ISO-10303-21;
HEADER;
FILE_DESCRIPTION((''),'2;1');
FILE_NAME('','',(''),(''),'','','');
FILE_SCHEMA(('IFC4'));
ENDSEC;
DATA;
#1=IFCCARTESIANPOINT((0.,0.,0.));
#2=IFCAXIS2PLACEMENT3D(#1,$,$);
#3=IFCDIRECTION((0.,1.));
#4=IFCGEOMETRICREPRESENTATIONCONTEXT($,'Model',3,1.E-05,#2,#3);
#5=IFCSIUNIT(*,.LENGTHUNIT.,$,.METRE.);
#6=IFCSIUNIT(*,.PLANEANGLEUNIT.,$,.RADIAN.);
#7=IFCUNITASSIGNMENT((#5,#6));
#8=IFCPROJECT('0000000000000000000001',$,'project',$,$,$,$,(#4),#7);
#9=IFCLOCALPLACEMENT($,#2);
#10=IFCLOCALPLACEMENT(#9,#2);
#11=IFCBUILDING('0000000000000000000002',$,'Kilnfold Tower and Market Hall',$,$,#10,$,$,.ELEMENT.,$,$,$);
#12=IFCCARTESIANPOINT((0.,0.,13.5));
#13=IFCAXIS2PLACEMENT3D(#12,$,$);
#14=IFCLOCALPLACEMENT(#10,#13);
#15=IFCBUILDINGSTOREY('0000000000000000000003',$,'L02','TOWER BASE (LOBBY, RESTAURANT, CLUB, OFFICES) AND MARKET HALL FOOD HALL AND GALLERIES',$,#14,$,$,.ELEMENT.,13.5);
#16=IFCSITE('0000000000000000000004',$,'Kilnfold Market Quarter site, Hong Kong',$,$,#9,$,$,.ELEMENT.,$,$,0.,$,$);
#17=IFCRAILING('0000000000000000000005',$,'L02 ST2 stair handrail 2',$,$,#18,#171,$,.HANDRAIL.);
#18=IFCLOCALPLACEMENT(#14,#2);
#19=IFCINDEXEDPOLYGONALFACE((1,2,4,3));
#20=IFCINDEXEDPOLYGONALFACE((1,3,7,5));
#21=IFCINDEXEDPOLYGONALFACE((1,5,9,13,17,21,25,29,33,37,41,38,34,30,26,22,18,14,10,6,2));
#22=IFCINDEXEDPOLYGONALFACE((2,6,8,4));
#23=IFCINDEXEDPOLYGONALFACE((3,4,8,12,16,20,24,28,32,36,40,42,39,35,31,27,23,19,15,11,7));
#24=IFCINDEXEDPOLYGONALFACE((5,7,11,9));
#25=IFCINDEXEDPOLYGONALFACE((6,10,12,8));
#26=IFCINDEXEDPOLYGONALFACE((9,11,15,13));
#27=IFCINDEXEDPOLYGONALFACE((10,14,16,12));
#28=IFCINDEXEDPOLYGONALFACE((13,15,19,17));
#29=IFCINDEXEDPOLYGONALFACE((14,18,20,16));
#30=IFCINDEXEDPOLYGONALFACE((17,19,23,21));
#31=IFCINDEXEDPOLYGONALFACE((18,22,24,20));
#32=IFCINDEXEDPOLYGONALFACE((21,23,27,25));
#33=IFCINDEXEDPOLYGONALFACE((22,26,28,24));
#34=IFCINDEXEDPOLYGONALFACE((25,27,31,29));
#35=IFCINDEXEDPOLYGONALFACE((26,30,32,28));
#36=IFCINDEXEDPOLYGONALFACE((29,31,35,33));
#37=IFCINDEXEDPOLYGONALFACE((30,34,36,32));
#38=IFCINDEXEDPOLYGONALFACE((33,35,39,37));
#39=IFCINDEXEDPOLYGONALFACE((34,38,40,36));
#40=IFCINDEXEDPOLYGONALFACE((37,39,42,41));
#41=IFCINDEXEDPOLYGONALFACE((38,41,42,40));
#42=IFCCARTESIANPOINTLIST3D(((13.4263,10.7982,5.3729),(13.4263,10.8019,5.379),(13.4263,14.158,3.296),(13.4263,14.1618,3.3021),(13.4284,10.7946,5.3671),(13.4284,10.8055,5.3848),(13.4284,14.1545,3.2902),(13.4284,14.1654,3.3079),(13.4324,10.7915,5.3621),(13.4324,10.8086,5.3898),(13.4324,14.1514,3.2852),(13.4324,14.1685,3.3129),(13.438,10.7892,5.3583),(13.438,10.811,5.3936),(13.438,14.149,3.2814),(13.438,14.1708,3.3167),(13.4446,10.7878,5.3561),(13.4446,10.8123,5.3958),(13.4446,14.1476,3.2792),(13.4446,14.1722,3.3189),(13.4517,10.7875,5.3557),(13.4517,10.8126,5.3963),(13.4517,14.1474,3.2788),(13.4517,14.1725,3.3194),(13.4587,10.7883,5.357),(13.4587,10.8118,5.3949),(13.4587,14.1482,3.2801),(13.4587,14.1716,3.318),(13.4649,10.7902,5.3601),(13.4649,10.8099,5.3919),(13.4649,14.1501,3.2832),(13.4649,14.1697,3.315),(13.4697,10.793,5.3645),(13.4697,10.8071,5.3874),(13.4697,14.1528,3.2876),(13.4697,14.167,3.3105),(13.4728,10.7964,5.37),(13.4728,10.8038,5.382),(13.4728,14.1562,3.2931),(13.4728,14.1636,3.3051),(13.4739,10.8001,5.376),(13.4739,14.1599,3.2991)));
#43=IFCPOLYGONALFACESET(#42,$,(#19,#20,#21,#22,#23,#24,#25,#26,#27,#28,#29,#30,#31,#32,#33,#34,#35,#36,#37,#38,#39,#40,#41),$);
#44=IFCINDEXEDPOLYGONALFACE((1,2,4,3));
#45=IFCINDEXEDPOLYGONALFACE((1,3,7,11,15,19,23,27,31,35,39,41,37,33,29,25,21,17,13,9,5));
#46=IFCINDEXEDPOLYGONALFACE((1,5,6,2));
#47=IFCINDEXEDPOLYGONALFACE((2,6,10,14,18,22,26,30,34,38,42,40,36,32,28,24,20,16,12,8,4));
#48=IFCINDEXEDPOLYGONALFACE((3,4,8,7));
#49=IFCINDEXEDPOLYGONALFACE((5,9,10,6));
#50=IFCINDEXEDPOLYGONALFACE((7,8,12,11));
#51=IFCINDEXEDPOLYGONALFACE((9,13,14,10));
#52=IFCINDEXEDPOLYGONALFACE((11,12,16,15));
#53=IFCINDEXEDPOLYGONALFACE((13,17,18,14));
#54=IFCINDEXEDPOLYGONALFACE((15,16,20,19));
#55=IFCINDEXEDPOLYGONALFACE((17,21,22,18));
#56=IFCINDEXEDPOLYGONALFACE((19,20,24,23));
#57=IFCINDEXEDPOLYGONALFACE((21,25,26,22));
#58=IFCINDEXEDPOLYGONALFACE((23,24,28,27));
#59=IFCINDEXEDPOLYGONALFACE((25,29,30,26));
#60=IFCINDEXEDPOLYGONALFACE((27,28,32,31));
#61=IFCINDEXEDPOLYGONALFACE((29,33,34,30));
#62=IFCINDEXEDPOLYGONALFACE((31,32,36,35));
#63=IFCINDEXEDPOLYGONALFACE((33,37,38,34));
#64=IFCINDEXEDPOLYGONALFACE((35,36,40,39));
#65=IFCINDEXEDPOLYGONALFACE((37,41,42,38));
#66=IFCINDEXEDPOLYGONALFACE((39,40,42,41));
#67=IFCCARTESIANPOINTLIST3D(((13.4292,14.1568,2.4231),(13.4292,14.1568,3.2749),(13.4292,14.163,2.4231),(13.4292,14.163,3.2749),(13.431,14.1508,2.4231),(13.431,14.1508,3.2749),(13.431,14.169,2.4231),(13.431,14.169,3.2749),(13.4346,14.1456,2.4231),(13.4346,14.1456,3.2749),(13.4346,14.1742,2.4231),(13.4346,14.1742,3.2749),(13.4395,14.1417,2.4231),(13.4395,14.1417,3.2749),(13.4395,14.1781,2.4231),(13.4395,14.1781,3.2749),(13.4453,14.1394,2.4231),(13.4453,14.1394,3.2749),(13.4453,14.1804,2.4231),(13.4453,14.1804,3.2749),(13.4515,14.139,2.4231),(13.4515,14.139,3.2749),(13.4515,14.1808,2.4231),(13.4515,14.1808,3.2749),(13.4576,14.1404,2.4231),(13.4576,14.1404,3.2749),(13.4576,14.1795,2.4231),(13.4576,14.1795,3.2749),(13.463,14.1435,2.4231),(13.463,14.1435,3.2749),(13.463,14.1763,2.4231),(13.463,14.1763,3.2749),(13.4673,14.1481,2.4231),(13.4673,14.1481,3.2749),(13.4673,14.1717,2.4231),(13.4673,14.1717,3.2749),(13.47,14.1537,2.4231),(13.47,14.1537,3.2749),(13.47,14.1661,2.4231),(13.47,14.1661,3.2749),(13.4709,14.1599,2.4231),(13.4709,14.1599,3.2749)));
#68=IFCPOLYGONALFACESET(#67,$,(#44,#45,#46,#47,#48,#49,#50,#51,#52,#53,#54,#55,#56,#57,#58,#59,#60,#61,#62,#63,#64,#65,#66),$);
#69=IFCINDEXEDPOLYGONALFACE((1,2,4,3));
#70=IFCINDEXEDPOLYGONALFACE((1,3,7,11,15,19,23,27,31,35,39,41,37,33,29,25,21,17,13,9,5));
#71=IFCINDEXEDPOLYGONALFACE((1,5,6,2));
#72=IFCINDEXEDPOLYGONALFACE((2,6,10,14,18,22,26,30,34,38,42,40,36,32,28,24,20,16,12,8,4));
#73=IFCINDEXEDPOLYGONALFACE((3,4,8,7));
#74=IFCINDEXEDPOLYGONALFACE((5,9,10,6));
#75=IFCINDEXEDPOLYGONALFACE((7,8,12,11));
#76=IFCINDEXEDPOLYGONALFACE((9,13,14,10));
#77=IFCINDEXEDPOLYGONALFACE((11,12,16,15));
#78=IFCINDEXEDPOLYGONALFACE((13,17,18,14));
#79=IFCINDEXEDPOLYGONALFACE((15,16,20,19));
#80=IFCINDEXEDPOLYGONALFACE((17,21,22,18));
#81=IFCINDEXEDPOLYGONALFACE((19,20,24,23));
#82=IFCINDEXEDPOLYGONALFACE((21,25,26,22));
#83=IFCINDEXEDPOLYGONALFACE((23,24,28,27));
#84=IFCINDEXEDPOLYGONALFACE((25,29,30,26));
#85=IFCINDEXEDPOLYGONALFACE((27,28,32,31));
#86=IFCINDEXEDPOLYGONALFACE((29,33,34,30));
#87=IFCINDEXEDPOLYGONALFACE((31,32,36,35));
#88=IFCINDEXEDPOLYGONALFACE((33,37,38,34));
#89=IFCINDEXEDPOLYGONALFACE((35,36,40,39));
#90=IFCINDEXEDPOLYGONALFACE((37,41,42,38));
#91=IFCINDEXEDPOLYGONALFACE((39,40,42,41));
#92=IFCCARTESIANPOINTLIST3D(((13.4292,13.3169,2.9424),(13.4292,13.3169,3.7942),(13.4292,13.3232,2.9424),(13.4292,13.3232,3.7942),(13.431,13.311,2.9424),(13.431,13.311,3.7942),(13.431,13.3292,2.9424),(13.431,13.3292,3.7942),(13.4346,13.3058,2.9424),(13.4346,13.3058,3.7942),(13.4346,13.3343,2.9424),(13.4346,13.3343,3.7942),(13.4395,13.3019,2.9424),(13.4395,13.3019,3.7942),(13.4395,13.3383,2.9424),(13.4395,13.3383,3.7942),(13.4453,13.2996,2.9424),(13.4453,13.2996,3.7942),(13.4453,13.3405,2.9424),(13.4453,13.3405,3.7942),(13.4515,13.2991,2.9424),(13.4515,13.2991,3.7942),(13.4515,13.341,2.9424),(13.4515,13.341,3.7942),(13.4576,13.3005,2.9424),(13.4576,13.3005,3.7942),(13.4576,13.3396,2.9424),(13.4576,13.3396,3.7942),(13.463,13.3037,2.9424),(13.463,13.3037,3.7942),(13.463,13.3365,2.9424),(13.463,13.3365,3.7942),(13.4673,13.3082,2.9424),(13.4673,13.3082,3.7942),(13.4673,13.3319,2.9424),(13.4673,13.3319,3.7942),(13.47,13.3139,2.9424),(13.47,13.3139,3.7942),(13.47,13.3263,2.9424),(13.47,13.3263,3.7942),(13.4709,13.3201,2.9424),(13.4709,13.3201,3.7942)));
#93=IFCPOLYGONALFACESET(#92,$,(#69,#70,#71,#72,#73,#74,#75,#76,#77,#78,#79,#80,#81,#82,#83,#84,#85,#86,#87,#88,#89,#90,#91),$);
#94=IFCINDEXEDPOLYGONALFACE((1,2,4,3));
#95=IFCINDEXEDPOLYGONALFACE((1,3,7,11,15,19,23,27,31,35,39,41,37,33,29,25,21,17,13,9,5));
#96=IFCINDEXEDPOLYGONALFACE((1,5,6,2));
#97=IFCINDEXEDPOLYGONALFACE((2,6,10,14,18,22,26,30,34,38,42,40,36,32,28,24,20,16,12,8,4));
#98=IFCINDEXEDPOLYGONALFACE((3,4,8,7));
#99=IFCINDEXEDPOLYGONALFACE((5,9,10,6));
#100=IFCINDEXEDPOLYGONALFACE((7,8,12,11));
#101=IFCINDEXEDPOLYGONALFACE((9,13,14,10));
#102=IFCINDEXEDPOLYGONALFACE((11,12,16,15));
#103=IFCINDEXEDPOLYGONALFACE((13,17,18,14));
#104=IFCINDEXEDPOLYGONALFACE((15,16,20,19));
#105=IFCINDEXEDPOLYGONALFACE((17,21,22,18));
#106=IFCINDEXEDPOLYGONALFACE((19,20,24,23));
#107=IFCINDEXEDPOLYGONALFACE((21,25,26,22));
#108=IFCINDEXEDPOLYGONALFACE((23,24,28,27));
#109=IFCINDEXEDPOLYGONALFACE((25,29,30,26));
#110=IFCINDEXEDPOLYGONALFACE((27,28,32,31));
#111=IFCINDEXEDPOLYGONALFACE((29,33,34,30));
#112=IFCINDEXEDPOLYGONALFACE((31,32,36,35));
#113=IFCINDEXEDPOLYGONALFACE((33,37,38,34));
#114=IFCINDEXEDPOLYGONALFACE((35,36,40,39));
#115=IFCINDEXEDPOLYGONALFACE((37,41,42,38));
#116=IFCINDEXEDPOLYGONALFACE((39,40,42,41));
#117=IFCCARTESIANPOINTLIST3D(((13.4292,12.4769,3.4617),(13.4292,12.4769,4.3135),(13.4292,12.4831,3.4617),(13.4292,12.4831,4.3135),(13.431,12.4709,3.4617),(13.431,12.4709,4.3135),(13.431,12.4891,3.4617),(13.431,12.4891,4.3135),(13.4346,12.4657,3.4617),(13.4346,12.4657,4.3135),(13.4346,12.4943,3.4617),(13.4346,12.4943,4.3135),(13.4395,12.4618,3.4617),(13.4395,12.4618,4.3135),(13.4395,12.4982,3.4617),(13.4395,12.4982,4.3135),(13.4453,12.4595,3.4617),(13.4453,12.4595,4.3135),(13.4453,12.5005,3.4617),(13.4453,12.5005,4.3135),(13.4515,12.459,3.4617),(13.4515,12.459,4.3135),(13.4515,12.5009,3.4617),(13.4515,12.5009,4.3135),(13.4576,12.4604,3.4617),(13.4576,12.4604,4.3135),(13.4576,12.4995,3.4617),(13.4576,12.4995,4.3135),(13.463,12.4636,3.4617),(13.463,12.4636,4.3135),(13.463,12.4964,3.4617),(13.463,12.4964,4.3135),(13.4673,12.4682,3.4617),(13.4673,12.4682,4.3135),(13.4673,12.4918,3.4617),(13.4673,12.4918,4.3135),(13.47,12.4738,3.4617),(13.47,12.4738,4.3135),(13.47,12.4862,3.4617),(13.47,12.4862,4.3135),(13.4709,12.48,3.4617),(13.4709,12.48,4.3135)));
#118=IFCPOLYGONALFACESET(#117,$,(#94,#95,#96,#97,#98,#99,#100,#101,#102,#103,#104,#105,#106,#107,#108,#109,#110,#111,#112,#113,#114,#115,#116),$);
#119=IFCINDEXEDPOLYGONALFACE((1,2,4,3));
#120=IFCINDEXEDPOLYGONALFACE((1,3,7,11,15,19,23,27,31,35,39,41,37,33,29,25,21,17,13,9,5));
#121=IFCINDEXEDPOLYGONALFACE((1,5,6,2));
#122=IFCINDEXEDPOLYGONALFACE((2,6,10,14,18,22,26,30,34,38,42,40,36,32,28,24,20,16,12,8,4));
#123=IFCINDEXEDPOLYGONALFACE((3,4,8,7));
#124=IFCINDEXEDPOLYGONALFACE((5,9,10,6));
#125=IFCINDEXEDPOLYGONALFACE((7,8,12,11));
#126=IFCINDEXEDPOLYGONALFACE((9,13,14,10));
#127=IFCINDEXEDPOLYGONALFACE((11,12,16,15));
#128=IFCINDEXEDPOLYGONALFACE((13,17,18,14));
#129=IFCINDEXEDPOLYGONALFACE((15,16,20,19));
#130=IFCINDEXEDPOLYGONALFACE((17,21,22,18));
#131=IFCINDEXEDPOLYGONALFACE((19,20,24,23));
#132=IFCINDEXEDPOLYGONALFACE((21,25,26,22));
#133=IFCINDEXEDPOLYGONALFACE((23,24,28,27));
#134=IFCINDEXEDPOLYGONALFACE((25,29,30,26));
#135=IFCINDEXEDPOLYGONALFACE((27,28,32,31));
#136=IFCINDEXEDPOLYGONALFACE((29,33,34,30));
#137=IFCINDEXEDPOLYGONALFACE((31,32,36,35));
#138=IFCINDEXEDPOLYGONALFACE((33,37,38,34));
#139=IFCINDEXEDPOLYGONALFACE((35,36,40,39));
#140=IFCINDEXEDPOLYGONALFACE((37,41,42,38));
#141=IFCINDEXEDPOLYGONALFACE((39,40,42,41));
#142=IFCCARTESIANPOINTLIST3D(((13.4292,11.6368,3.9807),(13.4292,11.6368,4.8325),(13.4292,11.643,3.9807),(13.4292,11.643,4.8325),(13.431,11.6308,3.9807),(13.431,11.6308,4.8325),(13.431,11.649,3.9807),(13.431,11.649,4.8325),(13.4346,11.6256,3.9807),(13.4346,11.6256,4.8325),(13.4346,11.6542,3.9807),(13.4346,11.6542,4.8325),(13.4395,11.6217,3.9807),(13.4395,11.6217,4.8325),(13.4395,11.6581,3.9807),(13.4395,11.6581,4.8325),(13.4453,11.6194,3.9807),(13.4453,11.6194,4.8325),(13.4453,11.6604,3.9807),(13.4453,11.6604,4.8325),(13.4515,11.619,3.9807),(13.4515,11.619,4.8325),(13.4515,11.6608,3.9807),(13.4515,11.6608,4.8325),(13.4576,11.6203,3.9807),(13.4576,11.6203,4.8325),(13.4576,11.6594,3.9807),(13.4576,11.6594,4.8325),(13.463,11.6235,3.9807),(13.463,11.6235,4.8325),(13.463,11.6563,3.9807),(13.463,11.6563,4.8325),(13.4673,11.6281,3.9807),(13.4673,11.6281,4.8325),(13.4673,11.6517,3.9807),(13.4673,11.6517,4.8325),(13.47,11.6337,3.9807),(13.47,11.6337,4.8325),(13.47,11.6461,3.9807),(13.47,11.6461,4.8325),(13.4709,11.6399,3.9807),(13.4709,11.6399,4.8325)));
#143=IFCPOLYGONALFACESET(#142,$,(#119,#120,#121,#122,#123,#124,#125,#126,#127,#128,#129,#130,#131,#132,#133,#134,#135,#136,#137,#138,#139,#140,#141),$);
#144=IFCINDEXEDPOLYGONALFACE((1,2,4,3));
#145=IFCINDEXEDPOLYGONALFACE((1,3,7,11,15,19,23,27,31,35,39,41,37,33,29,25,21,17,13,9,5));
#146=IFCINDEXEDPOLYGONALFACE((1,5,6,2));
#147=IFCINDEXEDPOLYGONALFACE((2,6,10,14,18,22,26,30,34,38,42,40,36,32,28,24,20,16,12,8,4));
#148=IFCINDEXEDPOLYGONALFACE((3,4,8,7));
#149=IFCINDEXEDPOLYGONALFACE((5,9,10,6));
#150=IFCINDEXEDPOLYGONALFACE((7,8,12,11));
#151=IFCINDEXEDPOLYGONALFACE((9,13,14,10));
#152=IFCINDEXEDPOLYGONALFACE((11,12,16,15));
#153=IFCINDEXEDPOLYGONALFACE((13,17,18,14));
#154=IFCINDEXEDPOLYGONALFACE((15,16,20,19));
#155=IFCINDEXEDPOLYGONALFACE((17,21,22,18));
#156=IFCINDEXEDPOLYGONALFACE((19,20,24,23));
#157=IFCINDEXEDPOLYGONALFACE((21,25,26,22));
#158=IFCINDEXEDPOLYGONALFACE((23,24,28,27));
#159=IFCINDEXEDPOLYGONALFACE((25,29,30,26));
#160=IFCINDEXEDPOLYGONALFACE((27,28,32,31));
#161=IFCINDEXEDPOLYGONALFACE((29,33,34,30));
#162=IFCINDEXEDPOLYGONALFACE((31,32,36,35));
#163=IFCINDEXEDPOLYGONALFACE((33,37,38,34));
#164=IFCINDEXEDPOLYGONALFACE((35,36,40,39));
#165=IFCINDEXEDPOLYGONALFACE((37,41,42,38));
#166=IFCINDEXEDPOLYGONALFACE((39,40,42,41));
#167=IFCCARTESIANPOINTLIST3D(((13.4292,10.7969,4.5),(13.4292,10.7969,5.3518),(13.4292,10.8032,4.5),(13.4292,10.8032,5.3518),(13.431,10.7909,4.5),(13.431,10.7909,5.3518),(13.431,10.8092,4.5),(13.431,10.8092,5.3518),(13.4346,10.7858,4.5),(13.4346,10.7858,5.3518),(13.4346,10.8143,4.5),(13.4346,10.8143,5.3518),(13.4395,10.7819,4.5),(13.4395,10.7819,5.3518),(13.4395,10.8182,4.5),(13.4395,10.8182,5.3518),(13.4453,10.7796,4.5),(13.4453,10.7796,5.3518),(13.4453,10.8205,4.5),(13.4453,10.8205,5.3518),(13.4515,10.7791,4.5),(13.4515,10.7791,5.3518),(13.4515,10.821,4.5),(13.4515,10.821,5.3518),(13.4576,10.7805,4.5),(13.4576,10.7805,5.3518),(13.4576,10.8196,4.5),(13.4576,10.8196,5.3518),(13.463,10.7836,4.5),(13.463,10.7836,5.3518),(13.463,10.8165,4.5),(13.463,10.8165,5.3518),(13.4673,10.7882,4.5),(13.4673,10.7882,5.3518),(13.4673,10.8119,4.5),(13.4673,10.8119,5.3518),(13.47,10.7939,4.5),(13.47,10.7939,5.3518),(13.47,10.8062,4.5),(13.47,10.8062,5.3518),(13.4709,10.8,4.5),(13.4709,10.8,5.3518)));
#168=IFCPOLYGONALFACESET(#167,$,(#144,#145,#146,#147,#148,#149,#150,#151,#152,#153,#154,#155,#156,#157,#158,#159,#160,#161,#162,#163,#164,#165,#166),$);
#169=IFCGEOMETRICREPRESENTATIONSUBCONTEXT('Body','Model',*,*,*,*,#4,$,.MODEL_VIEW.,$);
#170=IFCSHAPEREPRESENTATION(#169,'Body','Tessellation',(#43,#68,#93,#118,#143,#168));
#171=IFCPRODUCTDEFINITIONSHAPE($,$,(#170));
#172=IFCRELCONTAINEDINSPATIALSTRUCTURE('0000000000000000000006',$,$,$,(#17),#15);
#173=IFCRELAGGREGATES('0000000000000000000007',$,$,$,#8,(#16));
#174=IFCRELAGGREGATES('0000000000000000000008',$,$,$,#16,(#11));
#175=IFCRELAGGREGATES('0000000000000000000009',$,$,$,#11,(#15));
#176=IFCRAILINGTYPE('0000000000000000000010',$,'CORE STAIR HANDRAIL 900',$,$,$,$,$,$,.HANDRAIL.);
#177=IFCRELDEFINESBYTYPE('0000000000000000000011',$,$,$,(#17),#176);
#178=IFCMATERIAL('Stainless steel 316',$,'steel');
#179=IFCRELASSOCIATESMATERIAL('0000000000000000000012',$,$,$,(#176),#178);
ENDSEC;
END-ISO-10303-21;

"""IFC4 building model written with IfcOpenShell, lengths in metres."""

from ifc_helpers import new_model, si_unit, direction, frame, origin, origin_2d, place, context, subcontext, project, spatial, circle, extrude, material, type_object, element, save


model = new_model("IFC4")

# Units and contexts
model_context = context("Model", 3, precision=1e-05, world=origin(), true_north=direction((0.0, 1.0)))
body_context = subcontext(model_context, "Body", "Model", "MODEL_VIEW")
ifc_project = project(units=[si_unit("LENGTHUNIT", "METRE"), si_unit("PLANEANGLEUNIT", "RADIAN")], contexts=[model_context])

# Site, building, storey
site_placement = place(None, origin())
site = spatial("IfcSite", under=ifc_project, at=site_placement, Name="Kilnfold Market Quarter site, Hong Kong", CompositionType="ELEMENT", RefElevation=0.0)
building_placement = place(site_placement, origin())
building = spatial("IfcBuilding", under=site, at=building_placement, Name="Kilnfold Tower and Market Hall", CompositionType="ELEMENT")
storey_placement = place(building_placement, frame((0.0, 0.0, 13.5)))
storey = spatial("IfcBuildingStorey", under=building, at=storey_placement, Name="L02", Description="TOWER BASE (LOBBY, RESTAURANT, CLUB, OFFICES) AND MARKET HALL FOOD HALL AND GALLERIES", CompositionType="ELEMENT", Elevation=13.5)

# Railing
ifc_material_1 = material(Name="Stainless steel 316", Category="steel")
railing_type_1 = type_object("IfcRailingType", Name="CORE STAIR HANDRAIL 900", PredefinedType="HANDRAIL", material=ifc_material_1)
railing_1_placement = place(storey_placement, frame((13.45, 14.1599, 2.4231)))
element("IfcRailing", 1, at=railing_1_placement, inside=storey, type_object=railing_type_1, Name="L02 ST2 stair handrail 2", PredefinedType="HANDRAIL", context=body_context, shape_type="SweptSolid", body=[
    extrude(circle(Radius=0.0239, at=origin_2d()), frame((0.0, 0.0, 0.876), z_axis=(0.0, -0.850606, 0.525803), x_axis=(1.0, 0.0, 0.0)), (0.0, 0.0, 1.0), 3.95),
    extrude(circle(Radius=0.021, at=origin_2d()), origin(), (0.0, 0.0, 1.0), 0.8518),
    extrude(circle(Radius=0.021, at=origin_2d()), frame((0.0, -0.8398, 0.5193)), (0.0, 0.0, 1.0), 0.8518),
    extrude(circle(Radius=0.021, at=origin_2d()), frame((0.0, -1.6799, 1.0386)), (0.0, 0.0, 1.0), 0.8518),
    extrude(circle(Radius=0.021, at=origin_2d()), frame((0.0, -2.52, 1.5576)), (0.0, 0.0, 1.0), 0.8518),
    extrude(circle(Radius=0.021, at=origin_2d()), frame((0.0, -3.3599, 2.0769)), (0.0, 0.0, 1.0), 0.8518),
])

save(model, "model.ifc")
